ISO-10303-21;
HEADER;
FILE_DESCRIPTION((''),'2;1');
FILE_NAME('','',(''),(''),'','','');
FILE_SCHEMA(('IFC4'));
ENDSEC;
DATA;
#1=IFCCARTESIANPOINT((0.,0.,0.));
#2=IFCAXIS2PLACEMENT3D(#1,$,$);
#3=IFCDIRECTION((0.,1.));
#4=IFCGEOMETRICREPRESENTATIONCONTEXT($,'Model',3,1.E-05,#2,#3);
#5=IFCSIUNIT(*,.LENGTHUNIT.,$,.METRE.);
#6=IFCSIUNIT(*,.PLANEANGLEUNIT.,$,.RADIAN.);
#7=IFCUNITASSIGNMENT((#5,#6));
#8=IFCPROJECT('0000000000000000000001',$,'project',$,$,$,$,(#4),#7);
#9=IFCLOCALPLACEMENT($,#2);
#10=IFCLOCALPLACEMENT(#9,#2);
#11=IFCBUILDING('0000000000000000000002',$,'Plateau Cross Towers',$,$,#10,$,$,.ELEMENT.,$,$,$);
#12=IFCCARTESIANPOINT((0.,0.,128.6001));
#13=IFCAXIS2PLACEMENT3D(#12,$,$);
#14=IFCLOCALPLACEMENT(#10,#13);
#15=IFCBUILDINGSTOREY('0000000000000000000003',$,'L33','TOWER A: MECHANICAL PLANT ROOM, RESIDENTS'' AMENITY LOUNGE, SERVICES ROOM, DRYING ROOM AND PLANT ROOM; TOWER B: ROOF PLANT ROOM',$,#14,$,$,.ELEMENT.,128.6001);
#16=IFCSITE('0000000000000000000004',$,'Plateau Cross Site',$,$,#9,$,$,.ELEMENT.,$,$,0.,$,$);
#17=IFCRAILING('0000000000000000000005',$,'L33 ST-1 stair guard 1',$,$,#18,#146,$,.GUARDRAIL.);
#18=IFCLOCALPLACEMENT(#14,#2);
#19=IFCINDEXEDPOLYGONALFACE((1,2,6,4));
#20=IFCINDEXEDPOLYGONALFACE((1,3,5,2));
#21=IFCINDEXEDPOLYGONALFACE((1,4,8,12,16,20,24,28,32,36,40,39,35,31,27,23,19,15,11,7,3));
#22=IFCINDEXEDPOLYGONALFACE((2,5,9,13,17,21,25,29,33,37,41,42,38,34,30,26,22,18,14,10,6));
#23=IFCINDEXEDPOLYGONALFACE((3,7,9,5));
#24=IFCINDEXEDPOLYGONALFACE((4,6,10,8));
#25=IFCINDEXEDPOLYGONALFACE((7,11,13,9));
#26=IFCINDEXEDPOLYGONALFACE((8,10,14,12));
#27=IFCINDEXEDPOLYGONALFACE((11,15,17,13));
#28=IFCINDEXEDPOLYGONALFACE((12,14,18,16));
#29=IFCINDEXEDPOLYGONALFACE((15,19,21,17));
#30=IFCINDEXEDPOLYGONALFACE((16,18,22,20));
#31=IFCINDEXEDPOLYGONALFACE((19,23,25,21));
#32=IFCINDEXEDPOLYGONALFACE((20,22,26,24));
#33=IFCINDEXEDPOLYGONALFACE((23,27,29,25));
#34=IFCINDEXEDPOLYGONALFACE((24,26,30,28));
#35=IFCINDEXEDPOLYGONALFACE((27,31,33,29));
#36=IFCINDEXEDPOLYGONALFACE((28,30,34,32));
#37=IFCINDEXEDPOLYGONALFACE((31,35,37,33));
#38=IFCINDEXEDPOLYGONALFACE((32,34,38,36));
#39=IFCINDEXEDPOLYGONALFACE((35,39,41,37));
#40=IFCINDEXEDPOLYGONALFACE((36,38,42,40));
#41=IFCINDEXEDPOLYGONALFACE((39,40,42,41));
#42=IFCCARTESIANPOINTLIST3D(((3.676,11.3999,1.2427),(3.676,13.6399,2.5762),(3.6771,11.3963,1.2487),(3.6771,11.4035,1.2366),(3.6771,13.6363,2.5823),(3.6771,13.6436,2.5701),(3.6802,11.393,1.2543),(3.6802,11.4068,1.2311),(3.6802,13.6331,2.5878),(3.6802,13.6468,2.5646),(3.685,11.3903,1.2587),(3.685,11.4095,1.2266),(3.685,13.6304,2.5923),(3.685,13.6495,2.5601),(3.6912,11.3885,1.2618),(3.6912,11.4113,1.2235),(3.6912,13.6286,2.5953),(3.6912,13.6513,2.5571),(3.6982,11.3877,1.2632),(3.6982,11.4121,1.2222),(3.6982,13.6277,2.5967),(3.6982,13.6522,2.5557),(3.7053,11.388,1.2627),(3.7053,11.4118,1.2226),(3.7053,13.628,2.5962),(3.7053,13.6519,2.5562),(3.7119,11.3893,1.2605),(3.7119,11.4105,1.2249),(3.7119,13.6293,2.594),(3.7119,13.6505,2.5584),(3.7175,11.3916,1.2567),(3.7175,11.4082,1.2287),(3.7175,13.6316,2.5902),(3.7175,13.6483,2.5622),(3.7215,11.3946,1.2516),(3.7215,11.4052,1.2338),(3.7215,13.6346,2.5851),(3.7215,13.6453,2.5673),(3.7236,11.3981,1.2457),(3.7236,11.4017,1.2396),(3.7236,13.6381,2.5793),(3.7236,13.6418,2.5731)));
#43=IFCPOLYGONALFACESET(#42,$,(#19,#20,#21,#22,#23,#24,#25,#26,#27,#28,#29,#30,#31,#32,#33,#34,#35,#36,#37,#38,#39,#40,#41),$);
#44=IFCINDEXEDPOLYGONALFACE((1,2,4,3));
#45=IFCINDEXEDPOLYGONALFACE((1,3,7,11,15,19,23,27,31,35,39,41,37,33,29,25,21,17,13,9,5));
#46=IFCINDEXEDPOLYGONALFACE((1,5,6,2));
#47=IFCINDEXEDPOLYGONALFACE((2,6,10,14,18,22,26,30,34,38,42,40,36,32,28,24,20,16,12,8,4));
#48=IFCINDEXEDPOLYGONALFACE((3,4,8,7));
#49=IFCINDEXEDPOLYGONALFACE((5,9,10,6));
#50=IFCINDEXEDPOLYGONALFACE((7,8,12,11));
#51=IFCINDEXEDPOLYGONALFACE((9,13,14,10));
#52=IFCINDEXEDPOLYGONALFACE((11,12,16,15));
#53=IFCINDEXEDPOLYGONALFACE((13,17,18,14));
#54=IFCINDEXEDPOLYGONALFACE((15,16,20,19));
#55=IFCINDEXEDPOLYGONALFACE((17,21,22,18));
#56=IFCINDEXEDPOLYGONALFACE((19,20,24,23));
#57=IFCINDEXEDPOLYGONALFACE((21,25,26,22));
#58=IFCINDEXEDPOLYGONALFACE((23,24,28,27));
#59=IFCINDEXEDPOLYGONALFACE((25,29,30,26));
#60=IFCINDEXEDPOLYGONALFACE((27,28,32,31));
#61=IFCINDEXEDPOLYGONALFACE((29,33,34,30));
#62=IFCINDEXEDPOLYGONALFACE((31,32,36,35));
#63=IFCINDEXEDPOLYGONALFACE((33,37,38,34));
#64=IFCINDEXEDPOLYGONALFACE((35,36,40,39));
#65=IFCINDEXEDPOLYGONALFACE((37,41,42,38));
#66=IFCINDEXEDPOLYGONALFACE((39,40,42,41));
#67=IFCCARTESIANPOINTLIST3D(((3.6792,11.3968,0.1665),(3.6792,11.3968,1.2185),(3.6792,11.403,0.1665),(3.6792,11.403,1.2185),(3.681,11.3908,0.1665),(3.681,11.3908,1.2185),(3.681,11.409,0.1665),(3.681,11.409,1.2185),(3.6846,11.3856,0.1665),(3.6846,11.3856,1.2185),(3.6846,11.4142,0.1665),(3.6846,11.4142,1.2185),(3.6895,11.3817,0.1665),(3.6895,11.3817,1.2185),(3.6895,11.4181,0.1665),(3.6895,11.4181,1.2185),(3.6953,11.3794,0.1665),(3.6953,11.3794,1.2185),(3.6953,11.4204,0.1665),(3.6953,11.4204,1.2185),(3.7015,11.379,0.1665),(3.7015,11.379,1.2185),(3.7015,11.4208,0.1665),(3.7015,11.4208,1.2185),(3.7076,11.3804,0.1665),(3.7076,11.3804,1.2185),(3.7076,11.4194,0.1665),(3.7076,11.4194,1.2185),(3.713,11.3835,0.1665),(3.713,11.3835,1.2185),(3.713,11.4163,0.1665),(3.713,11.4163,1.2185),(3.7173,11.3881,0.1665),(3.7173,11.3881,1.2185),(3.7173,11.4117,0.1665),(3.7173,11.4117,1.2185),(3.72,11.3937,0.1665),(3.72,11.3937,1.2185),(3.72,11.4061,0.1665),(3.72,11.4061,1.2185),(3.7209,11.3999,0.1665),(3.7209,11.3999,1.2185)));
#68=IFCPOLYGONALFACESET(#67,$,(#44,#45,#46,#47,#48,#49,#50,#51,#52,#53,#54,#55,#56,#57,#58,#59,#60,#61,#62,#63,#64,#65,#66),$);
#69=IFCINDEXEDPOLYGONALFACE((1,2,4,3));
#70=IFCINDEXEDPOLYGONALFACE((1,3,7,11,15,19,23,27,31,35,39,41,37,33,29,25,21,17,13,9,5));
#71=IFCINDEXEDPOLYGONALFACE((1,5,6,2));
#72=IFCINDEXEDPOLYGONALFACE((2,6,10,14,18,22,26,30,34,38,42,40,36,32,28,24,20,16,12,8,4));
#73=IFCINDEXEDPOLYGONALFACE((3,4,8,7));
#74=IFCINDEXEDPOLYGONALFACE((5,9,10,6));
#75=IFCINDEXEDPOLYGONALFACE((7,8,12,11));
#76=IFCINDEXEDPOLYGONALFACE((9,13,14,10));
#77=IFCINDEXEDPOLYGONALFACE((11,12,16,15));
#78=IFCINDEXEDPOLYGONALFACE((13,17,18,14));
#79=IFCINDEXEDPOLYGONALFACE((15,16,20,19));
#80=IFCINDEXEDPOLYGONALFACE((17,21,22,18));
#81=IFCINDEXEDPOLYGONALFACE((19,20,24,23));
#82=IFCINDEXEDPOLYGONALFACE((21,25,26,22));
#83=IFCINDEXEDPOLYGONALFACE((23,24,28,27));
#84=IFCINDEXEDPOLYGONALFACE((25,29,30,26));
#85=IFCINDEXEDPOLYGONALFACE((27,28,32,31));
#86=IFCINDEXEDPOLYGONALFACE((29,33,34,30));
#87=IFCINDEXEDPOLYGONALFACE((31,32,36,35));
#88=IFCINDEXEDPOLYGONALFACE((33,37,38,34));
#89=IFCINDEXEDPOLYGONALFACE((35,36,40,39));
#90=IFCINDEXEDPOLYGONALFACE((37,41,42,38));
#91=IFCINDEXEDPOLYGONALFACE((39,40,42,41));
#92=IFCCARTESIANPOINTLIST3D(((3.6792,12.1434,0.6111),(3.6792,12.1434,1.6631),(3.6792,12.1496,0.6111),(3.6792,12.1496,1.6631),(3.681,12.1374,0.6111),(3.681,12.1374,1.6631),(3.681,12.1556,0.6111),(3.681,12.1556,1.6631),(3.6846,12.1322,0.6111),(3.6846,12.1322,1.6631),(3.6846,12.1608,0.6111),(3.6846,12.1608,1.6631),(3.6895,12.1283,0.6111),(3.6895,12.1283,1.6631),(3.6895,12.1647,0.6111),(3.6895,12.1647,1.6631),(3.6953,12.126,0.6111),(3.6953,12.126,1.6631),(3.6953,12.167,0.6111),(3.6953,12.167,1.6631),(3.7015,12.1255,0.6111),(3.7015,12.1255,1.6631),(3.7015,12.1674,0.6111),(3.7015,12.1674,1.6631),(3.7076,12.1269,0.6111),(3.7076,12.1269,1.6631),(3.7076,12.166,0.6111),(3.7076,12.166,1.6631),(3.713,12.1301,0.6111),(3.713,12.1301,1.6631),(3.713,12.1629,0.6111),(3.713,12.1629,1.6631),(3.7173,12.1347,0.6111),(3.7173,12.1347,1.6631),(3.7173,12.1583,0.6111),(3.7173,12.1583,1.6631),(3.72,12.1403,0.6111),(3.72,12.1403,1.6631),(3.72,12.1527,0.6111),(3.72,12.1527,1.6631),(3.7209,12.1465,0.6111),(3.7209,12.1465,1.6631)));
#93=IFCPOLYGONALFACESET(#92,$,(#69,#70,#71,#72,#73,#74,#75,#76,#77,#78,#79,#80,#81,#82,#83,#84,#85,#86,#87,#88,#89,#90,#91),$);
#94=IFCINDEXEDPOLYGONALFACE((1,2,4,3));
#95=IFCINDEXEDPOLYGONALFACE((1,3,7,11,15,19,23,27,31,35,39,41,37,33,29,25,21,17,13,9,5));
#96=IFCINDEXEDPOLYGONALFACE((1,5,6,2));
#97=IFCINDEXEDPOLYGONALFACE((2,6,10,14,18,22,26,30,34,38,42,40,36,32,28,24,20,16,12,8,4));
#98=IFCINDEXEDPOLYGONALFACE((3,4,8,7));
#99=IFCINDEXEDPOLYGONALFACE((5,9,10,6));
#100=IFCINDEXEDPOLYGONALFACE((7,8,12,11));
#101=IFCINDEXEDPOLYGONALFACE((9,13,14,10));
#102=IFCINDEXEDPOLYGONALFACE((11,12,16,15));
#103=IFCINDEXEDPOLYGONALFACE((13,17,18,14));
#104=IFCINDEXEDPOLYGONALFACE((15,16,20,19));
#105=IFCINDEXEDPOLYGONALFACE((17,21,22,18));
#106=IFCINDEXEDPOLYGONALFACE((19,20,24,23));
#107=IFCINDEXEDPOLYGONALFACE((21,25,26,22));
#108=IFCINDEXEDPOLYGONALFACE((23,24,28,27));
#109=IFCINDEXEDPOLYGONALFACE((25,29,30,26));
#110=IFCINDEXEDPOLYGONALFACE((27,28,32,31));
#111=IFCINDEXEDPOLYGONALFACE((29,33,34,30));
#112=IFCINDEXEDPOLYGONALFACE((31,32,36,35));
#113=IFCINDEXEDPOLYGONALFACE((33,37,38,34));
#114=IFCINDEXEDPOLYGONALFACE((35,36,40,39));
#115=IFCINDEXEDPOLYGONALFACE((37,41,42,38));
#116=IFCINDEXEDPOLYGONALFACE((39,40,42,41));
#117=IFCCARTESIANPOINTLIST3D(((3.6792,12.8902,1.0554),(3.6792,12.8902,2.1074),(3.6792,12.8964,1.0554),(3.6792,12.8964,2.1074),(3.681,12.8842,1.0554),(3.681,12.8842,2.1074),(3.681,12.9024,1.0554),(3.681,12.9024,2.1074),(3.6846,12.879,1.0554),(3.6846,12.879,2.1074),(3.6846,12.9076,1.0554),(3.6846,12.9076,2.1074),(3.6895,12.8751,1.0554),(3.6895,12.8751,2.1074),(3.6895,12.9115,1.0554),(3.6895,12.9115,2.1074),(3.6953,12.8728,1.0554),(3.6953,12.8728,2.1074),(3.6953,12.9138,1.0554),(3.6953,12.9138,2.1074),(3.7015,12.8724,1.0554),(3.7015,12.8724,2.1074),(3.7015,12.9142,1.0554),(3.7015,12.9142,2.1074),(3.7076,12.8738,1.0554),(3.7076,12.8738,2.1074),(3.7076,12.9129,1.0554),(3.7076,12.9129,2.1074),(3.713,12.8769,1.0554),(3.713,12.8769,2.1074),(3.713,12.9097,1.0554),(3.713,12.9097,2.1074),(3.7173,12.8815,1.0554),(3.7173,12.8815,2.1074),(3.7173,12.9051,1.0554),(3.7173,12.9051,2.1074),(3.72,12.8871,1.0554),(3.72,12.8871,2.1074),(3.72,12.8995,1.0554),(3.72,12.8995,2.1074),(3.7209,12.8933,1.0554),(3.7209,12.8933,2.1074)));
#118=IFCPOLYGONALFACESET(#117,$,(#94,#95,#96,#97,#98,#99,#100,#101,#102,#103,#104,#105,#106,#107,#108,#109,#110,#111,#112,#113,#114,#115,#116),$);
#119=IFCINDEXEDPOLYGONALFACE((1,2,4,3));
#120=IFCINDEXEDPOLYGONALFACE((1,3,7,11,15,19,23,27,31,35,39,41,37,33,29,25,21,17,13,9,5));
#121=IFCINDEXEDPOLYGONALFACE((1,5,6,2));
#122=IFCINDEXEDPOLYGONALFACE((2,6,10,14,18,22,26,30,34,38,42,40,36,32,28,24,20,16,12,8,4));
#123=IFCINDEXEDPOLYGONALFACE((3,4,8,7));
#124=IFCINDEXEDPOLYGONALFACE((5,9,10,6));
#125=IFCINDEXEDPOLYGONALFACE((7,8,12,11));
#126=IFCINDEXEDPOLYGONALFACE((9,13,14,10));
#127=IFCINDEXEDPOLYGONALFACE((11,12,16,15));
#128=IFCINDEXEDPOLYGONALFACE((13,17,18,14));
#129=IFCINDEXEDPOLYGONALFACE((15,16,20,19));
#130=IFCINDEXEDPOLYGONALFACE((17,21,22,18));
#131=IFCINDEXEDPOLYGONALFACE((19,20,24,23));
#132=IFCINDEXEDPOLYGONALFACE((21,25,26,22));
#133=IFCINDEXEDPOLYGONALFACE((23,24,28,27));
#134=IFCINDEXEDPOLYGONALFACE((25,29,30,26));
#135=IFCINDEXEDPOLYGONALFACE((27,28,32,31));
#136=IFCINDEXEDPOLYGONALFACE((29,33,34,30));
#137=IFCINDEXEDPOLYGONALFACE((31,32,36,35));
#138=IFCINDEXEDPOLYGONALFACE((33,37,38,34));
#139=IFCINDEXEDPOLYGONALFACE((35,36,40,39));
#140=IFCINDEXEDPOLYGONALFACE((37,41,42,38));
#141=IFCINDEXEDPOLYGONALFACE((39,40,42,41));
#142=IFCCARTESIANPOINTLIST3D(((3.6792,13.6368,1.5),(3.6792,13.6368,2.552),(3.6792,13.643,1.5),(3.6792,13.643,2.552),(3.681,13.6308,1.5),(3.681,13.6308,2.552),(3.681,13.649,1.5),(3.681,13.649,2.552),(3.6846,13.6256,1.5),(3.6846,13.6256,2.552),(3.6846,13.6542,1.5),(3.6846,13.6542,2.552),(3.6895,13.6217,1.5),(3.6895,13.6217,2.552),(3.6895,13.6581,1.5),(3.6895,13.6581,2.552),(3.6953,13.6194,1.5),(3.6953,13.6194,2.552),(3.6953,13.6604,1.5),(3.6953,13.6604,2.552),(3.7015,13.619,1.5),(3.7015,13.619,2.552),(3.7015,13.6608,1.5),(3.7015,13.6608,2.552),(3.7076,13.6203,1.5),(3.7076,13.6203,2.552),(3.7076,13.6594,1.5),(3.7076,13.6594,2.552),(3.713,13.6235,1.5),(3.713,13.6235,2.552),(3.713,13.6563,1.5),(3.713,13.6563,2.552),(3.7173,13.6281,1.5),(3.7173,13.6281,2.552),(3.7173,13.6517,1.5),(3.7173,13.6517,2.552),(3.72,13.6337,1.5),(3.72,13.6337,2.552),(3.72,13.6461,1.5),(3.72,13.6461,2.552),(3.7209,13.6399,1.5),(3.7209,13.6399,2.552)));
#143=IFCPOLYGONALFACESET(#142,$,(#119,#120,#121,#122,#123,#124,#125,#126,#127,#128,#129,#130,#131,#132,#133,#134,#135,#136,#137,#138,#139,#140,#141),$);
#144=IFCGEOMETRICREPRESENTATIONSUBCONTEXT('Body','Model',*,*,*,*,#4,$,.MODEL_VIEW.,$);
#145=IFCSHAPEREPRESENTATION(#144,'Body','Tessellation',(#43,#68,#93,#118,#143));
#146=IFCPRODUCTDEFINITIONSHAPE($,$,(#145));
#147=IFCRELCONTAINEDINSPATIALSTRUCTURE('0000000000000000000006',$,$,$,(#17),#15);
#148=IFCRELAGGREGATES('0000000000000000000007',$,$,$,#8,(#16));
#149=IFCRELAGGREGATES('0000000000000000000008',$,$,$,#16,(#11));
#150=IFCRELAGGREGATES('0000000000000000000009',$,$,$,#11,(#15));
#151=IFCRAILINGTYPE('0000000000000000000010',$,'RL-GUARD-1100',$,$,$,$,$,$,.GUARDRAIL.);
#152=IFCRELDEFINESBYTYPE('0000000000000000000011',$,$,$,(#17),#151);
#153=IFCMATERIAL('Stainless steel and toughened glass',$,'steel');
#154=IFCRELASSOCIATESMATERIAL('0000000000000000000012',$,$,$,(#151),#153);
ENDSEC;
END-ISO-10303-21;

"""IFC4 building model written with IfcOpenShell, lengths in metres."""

from ifc_helpers import new_model, si_unit, direction, frame, origin, origin_2d, place, context, subcontext, project, spatial, circle, extrude, material, type_object, element, save


model = new_model("IFC4")

# Units and contexts
model_context = context("Model", 3, precision=1e-05, world=origin(), true_north=direction((0.0, 1.0)))
body_context = subcontext(model_context, "Body", "Model", "MODEL_VIEW")
ifc_project = project(units=[si_unit("LENGTHUNIT", "METRE"), si_unit("PLANEANGLEUNIT", "RADIAN")], contexts=[model_context])

# Site, building, storey
site_placement = place(None, origin())
site = spatial("IfcSite", under=ifc_project, at=site_placement, Name="Plateau Cross Site", CompositionType="ELEMENT", RefElevation=0.0)
building_placement = place(site_placement, origin())
building = spatial("IfcBuilding", under=site, at=building_placement, Name="Plateau Cross Towers", CompositionType="ELEMENT")
storey_placement = place(building_placement, frame((0.0, 0.0, 128.6001)))
storey = spatial("IfcBuildingStorey", under=building, at=storey_placement, Name="L33", Description="TOWER A: MECHANICAL PLANT ROOM, RESIDENTS' AMENITY LOUNGE, SERVICES ROOM, DRYING ROOM AND PLANT ROOM; TOWER B: ROOF PLANT ROOM", CompositionType="ELEMENT", Elevation=128.6001)

# Railing
ifc_material_1 = material(Name="Stainless steel and toughened glass", Category="steel")
railing_type_1 = type_object("IfcRailingType", Name="RL-GUARD-1100", PredefinedType="GUARDRAIL", material=ifc_material_1)
railing_1_placement = place(storey_placement, frame((3.7, 11.3999, 0.1665)))
element("IfcRailing", 1, at=railing_1_placement, inside=storey, type_object=railing_type_1, Name="L33 ST-1 stair guard 1", PredefinedType="GUARDRAIL", context=body_context, shape_type="SweptSolid", body=[
    extrude(circle(Radius=0.0239, at=origin_2d()), frame((0.0, 0.0, 1.0762), z_axis=(0.0, 0.859264, 0.511532), x_axis=(-1.0, 0.0, 0.0)), (0.0, 0.0, 1.0), 2.6069),
    extrude(circle(Radius=0.021, at=origin_2d()), origin(), (0.0, 0.0, 1.0), 1.052),
    extrude(circle(Radius=0.021, at=origin_2d()), frame((0.0, 0.7466, 0.4446)), (0.0, 0.0, 1.0), 1.052),
    extrude(circle(Radius=0.021, at=origin_2d()), frame((0.0, 1.4934, 0.8889)), (0.0, 0.0, 1.0), 1.052),
    extrude(circle(Radius=0.021, at=origin_2d()), frame((0.0, 2.24, 1.3335)), (0.0, 0.0, 1.0), 1.052),
])

save(model, "model.ifc")
